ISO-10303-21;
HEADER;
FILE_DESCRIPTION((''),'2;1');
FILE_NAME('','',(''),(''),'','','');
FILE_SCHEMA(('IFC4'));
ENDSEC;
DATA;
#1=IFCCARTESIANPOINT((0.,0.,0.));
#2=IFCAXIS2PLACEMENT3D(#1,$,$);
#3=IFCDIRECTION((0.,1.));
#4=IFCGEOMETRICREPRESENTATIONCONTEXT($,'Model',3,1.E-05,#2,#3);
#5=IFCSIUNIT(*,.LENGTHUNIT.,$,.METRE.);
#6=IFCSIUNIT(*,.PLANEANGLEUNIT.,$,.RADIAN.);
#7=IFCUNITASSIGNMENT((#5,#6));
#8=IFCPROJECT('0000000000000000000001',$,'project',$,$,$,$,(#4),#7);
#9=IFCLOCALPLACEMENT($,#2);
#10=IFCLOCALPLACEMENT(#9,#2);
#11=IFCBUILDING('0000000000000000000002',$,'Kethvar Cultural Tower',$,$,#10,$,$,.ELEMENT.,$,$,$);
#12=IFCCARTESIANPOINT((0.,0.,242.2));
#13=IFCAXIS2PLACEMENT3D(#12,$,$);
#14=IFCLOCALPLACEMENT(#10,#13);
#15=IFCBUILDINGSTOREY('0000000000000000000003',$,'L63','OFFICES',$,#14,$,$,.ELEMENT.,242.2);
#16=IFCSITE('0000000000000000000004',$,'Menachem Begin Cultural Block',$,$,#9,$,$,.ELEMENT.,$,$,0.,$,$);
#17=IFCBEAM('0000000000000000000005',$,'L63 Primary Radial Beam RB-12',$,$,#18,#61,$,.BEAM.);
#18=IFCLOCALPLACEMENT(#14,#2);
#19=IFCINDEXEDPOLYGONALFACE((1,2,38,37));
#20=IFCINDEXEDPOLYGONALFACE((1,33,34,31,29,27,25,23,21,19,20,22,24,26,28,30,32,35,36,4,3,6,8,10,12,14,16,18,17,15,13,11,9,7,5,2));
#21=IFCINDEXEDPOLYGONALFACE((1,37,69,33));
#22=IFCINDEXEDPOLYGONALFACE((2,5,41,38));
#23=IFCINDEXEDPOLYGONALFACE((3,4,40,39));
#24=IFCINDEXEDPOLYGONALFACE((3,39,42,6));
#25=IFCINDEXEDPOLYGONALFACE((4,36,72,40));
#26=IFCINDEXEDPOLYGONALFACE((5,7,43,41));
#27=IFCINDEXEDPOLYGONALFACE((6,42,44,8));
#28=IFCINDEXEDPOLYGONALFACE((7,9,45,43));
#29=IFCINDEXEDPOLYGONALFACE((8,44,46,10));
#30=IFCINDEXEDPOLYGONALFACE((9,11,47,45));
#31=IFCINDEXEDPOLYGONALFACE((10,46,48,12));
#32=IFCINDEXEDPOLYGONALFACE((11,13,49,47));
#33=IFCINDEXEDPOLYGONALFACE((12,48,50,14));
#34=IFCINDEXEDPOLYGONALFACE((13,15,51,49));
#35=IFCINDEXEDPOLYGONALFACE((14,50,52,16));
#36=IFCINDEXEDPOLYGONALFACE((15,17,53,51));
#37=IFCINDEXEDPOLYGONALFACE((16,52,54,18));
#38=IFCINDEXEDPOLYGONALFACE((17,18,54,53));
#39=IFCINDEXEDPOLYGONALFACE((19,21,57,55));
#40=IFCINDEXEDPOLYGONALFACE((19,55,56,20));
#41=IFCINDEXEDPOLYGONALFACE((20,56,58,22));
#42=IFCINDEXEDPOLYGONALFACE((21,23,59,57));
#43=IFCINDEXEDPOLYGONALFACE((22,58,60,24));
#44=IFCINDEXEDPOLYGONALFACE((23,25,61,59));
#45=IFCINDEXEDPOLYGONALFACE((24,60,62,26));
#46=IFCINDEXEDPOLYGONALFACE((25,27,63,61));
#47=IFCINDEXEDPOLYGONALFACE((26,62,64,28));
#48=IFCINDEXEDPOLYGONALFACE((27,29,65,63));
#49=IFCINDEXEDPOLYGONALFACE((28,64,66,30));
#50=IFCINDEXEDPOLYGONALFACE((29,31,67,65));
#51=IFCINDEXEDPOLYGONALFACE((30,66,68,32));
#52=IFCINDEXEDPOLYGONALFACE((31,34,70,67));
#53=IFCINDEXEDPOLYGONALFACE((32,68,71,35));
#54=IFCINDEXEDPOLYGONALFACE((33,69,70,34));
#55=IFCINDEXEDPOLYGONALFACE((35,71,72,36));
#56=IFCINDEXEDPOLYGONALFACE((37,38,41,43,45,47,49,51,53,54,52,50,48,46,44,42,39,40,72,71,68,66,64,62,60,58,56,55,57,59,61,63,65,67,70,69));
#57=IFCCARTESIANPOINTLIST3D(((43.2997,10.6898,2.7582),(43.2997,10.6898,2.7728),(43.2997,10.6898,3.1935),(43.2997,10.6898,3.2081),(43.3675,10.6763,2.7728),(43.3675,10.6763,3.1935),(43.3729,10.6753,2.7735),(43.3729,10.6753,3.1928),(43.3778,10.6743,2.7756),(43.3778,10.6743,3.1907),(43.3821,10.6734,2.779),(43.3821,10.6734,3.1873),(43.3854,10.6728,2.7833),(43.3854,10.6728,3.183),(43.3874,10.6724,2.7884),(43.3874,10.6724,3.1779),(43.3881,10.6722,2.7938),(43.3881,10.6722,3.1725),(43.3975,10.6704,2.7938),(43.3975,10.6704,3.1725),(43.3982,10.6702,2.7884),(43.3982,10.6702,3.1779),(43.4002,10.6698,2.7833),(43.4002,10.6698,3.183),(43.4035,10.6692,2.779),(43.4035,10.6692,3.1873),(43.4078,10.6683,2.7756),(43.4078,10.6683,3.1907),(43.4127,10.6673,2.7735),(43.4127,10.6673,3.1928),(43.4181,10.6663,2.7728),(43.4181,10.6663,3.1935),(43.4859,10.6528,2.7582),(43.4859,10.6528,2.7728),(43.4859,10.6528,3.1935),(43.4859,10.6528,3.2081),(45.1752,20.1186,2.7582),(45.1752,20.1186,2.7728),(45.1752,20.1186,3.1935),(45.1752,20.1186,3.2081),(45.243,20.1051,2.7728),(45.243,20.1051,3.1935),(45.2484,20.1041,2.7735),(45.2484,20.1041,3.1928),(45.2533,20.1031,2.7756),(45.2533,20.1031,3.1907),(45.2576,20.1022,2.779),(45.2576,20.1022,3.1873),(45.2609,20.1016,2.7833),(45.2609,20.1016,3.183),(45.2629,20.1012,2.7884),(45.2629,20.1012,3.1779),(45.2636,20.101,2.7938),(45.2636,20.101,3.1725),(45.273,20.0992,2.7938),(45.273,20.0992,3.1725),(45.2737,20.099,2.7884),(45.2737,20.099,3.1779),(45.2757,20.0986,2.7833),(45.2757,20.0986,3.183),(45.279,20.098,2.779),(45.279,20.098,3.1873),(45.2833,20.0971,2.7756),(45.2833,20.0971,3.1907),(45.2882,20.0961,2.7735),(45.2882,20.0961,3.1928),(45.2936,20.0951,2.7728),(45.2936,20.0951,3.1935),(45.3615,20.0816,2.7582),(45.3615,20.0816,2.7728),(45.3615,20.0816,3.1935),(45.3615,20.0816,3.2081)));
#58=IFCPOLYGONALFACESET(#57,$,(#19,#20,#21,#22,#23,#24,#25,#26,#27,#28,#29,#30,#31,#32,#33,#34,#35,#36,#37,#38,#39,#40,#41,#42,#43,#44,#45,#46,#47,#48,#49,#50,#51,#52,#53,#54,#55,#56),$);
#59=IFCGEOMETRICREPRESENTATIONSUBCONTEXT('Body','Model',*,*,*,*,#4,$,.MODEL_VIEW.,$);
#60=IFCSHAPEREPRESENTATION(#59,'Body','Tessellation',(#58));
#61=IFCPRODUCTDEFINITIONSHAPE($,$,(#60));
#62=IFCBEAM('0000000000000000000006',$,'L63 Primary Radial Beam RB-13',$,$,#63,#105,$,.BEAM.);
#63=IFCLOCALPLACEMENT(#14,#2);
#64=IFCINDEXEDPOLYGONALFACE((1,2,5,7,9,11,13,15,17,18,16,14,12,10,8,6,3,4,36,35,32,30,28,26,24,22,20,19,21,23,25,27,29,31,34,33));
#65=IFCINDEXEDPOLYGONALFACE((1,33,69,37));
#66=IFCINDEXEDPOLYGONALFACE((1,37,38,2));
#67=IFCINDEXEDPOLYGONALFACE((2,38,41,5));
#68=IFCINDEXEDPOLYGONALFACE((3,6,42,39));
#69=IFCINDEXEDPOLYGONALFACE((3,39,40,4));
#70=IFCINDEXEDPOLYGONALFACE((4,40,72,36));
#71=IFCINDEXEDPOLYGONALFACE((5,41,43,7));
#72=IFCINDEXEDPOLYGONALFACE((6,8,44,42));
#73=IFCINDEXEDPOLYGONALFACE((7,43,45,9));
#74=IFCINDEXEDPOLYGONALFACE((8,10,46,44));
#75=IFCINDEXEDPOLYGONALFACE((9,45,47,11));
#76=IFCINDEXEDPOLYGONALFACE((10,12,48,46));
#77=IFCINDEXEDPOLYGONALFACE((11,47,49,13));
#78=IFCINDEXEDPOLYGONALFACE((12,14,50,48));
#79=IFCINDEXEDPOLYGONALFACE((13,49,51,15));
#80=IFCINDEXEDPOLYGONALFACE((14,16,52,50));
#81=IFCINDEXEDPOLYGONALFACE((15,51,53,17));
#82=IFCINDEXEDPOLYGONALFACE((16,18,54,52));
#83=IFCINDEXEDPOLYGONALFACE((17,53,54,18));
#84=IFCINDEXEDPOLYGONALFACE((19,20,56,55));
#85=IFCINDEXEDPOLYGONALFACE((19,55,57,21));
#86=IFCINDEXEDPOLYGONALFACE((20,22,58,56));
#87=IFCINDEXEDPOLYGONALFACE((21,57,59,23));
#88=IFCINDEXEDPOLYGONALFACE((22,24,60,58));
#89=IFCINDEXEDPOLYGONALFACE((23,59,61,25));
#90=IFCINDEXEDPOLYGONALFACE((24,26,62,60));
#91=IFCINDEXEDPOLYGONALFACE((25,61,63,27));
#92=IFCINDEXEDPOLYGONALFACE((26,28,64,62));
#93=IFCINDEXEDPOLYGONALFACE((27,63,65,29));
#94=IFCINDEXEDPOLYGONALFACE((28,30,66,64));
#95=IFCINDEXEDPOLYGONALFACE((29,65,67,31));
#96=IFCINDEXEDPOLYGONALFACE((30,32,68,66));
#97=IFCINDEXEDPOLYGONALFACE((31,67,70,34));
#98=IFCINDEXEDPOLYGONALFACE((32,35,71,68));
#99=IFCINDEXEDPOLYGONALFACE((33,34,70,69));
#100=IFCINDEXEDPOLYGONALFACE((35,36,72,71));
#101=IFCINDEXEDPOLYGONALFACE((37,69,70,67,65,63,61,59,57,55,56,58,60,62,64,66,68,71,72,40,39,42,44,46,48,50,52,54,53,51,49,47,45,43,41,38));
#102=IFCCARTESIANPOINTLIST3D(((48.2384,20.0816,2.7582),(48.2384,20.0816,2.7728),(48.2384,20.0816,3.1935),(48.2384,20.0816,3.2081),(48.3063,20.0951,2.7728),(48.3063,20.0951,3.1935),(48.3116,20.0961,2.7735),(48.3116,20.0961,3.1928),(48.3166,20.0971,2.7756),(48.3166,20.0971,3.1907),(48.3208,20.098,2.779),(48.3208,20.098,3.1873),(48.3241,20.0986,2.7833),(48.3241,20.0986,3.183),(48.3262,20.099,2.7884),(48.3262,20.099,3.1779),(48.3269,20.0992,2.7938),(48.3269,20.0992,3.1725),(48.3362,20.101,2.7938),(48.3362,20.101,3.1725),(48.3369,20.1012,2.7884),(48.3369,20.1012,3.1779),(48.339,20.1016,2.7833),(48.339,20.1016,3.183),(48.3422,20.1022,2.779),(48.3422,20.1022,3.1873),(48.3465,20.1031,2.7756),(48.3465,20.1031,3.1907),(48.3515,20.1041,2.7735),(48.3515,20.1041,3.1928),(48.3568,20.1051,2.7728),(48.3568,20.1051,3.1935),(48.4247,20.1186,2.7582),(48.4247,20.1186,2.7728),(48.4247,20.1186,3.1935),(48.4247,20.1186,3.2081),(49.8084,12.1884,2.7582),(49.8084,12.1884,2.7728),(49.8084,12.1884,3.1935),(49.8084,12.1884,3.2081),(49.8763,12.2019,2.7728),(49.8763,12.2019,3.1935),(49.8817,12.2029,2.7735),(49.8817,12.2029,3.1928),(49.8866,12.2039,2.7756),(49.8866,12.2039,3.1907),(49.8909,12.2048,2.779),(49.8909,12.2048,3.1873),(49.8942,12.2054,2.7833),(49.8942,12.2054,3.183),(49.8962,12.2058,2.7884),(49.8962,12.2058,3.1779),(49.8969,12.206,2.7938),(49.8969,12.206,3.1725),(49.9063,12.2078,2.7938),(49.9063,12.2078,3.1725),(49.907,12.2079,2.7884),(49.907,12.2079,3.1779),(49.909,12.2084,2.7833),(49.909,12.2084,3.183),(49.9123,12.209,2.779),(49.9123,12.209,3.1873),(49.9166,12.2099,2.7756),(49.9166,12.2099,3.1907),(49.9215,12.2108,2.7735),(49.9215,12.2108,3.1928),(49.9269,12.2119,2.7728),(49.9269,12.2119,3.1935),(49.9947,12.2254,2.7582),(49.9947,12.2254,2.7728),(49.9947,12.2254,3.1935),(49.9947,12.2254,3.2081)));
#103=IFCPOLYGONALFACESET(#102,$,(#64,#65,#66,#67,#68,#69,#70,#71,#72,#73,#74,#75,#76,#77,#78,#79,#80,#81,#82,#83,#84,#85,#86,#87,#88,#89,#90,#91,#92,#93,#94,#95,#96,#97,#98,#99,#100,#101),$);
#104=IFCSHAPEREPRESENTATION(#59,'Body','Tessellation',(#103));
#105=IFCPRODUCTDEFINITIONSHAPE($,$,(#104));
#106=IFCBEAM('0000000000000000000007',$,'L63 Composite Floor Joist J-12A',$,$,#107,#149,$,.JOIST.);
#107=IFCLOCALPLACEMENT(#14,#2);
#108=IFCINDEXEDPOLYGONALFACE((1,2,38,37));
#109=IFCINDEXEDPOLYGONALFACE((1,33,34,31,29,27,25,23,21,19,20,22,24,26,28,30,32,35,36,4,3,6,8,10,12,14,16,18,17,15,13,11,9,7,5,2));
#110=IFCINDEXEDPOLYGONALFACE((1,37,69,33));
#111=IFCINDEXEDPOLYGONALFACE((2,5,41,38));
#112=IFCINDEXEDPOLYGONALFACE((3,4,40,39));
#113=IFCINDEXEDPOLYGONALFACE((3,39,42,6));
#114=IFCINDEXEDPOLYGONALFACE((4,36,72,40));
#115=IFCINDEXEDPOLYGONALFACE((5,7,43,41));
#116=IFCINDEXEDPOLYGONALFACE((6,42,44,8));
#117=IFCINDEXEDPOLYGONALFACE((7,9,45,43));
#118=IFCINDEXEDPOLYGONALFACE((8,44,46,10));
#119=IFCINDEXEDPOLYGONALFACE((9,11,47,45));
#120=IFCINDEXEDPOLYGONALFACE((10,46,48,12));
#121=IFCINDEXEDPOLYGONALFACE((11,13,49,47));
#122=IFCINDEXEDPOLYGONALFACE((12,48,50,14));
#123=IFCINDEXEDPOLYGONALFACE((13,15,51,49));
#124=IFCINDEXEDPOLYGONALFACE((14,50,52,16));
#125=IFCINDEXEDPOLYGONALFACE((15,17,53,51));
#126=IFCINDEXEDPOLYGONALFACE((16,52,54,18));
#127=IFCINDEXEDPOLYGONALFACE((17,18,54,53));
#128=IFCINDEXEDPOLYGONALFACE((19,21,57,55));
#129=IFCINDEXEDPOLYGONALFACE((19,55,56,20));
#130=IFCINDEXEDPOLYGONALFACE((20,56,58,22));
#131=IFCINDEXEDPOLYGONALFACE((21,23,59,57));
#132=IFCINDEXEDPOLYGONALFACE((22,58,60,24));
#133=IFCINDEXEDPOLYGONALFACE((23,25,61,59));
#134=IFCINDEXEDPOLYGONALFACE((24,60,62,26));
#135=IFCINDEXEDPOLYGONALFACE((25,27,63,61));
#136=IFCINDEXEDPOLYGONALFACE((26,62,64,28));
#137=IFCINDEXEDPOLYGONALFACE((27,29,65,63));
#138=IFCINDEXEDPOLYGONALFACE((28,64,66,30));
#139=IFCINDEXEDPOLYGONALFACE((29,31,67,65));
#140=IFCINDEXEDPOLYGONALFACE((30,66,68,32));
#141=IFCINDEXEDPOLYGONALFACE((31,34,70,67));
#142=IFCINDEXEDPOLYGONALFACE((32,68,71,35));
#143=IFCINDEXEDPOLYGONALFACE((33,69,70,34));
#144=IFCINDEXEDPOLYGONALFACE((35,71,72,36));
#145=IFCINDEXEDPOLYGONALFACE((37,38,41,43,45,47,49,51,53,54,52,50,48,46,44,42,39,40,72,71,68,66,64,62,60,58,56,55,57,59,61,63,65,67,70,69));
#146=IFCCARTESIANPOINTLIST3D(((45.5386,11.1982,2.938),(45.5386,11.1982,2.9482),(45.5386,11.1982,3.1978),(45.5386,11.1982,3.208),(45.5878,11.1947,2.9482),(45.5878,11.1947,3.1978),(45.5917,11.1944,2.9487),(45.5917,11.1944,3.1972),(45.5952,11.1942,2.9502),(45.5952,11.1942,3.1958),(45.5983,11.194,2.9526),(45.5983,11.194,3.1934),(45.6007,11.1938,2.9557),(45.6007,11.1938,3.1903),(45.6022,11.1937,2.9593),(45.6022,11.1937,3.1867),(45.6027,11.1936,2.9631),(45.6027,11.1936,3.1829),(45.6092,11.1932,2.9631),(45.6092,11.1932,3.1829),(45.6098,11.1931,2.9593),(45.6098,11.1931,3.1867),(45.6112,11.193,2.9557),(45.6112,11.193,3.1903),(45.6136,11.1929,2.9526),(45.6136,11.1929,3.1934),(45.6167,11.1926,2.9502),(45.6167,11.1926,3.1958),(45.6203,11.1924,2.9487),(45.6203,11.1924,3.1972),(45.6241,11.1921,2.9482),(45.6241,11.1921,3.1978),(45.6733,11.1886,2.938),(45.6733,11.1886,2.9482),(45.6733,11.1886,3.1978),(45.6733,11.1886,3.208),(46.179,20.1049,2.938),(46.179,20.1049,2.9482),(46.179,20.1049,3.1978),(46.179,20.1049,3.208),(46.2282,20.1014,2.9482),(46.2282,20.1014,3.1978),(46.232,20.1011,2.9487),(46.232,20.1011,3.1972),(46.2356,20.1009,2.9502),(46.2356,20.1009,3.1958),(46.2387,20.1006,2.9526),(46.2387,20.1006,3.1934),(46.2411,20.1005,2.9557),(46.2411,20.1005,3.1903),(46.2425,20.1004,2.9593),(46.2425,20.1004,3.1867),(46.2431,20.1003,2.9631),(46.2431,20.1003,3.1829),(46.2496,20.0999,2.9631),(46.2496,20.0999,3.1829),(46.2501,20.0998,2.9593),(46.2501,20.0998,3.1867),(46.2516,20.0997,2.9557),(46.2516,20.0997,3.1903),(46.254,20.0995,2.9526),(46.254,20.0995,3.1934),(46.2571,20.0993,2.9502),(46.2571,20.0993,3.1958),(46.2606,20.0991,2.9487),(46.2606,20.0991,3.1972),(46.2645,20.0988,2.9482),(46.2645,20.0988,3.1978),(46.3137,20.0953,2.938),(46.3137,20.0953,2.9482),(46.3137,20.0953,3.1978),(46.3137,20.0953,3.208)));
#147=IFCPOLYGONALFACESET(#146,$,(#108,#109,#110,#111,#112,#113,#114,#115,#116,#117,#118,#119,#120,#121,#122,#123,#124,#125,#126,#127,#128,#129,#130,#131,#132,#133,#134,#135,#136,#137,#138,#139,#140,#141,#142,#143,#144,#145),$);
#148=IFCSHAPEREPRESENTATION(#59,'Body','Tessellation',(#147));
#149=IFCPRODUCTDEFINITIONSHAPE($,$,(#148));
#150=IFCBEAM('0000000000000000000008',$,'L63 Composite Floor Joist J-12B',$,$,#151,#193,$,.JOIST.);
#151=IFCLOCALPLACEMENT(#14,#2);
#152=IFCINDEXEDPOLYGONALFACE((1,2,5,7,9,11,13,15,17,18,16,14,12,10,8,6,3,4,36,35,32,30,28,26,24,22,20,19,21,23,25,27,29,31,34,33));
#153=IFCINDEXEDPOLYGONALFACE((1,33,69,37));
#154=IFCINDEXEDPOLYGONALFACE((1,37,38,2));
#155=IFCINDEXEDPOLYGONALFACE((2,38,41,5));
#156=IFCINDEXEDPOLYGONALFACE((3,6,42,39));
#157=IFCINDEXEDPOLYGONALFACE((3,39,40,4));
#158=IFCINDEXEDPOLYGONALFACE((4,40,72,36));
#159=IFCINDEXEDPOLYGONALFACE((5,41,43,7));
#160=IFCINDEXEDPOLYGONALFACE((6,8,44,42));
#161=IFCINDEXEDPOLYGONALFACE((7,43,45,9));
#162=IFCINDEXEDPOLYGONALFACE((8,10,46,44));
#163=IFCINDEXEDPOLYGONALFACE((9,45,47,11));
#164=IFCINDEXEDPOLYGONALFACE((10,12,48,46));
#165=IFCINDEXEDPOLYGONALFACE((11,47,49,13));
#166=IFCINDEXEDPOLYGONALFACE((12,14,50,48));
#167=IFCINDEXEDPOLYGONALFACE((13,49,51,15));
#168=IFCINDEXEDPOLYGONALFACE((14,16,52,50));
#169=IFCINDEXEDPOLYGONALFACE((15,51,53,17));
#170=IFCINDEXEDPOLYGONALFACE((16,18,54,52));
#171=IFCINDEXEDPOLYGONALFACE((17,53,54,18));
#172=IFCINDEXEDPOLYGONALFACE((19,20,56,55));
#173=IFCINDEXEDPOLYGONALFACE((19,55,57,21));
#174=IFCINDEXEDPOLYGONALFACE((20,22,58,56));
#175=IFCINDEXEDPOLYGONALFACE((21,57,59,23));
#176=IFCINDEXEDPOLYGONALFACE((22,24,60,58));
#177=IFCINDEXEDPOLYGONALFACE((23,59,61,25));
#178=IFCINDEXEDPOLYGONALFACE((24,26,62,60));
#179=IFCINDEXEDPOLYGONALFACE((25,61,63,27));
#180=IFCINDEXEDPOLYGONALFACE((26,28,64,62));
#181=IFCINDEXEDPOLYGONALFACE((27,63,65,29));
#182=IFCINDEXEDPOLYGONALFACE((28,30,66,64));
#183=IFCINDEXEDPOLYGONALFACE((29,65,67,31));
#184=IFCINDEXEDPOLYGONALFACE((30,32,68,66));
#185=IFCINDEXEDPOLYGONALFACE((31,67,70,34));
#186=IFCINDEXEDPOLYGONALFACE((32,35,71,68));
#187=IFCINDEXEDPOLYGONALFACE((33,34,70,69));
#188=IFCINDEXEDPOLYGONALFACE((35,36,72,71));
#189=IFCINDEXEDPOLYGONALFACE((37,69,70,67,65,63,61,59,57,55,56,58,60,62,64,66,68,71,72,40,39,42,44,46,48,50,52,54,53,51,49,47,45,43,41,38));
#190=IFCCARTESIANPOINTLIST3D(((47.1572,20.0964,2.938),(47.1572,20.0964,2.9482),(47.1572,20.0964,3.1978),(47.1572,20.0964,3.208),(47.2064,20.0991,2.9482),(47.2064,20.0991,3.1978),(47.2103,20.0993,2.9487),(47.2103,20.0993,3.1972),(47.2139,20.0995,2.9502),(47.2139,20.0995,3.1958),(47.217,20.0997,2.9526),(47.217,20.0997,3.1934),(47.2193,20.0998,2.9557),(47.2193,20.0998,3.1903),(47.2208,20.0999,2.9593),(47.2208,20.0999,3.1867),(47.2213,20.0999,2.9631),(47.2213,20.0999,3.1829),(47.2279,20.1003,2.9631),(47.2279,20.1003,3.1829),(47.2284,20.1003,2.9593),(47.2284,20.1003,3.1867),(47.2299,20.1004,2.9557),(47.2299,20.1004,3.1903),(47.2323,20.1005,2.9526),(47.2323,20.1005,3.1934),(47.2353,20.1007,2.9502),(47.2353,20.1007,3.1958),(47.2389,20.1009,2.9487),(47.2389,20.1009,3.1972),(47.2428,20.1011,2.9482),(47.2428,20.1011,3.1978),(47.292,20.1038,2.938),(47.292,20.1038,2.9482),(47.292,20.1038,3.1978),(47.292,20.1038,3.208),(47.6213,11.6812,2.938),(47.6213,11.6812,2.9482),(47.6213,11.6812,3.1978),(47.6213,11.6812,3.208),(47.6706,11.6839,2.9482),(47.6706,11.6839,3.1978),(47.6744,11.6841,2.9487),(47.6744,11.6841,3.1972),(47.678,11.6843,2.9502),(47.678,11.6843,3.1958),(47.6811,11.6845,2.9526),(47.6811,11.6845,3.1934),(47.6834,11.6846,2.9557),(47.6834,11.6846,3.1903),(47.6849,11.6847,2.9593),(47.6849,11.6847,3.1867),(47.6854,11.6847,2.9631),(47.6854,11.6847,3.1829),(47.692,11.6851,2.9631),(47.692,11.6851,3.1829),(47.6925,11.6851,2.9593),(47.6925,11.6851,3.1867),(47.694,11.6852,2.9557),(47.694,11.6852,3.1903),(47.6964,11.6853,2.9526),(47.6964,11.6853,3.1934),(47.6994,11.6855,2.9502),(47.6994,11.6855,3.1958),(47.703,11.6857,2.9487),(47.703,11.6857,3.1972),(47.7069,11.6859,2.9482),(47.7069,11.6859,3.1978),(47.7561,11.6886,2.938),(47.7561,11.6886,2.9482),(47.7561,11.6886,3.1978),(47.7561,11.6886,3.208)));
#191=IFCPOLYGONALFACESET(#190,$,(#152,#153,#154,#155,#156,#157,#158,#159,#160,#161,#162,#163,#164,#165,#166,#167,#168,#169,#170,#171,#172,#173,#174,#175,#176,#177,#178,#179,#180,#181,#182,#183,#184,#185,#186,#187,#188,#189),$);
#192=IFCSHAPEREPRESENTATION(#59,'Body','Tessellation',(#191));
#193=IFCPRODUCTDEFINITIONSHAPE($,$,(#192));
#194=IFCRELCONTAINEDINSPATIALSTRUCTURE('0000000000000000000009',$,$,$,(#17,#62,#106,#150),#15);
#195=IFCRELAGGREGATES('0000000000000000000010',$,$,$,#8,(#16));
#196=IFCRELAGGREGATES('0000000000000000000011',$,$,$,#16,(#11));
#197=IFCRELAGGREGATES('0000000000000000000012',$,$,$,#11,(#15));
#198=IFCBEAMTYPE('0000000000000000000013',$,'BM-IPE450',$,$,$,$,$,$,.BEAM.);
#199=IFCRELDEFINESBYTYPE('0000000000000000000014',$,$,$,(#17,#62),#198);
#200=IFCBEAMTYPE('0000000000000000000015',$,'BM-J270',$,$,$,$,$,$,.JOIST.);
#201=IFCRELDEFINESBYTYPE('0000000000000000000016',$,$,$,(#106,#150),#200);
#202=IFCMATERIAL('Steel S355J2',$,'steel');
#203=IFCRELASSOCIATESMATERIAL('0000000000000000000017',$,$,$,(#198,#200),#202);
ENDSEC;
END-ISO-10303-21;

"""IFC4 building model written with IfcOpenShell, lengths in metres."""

from ifc_helpers import new_model, si_unit, direction, frame, origin, origin_2d, place, context, subcontext, project, spatial, i_section, extrude, source, transform, mapped, material, material_profile, profile_set, type_object, element, save


model = new_model("IFC4")

# Units and contexts
model_context = context("Model", 3, precision=1e-05, world=origin(), true_north=direction((0.0, 1.0)))
body_context = subcontext(model_context, "Body", "Model", "MODEL_VIEW")
ifc_project = project(units=[si_unit("LENGTHUNIT", "METRE"), si_unit("PLANEANGLEUNIT", "RADIAN")], contexts=[model_context])

# Site, building, storey
site_placement = place(None, origin())
site = spatial("IfcSite", under=ifc_project, at=site_placement, Name="Menachem Begin Cultural Block", CompositionType="ELEMENT", RefElevation=0.0)
building_placement = place(site_placement, origin())
building = spatial("IfcBuilding", under=site, at=building_placement, Name="Kethvar Cultural Tower", CompositionType="ELEMENT")
storey_placement = place(building_placement, frame((0.0, 0.0, 242.2)))
storey = spatial("IfcBuildingStorey", under=building, at=storey_placement, Name="L63", Description="OFFICES", CompositionType="ELEMENT", Elevation=242.2)

# Beams
ifc_material_1 = material(Name="Steel S355J2", Category="steel")
ifc_material_profile_1 = material_profile(ifc_material_1, i_section(OverallWidth=0.1899, OverallDepth=0.45, WebThickness=0.0095, FlangeThickness=0.0146, FilletRadius=0.021, at=origin_2d()), Name="Steel S355J2 — IPE450")
ifc_profile_set_1 = profile_set([ifc_material_profile_1], Name="Steel S355J2 — IPE450")
beam_type_1 = type_object("IfcBeamType", Name="BM-IPE450", PredefinedType="BEAM", material=ifc_profile_set_1)
shared_shape_1 = source(origin(), body_context, "Body", "SweptSolid", [
    extrude(i_section(OverallWidth=0.1899, OverallDepth=0.45, WebThickness=0.0095, FlangeThickness=0.0146, FilletRadius=0.021, at=origin_2d()), origin(), (0.0, 0.0, 1.0), 9.6135),
])
beam_1_placement = place(storey_placement, frame((45.2683, 20.1001, 2.9832), z_axis=(-0.19509, -0.980785, 0.0), x_axis=(0.980785, -0.19509, 0.0)))
element("IfcBeam", 1, at=beam_1_placement, inside=storey, type_object=beam_type_1, Name="L63 Primary Radial Beam RB-12", PredefinedType="BEAM", context=body_context, shape_type="MappedRepresentation", body=[
    mapped(shared_shape_1, transform((0.0, 0.0, 0.0), scale=1.0)),
])
shared_shape_2 = source(origin(), body_context, "Body", "SweptSolid", [
    extrude(i_section(OverallWidth=0.1899, OverallDepth=0.45, WebThickness=0.0095, FlangeThickness=0.0146, FilletRadius=0.021, at=origin_2d()), origin(), (0.0, 0.0, 1.0), 8.0479),
])
beam_2_placement = place(storey_placement, frame((48.3315, 20.1001, 2.9832), z_axis=(0.195089, -0.980785, 0.0), x_axis=(0.980785, 0.195089, 0.0)))
element("IfcBeam", 2, at=beam_2_placement, inside=storey, type_object=beam_type_1, Name="L63 Primary Radial Beam RB-13", PredefinedType="BEAM", context=body_context, shape_type="MappedRepresentation", body=[
    mapped(shared_shape_2, transform((0.0, 0.0, 0.0), scale=1.0)),
])
ifc_material_profile_2 = material_profile(ifc_material_1, i_section(OverallWidth=0.135, OverallDepth=0.27, WebThickness=0.0066, FlangeThickness=0.0103, FilletRadius=0.0149, at=origin_2d()), Name="Steel S355J2 — IPE270")
ifc_profile_set_2 = profile_set([ifc_material_profile_2], Name="Steel S355J2 — IPE270")
beam_type_2 = type_object("IfcBeamType", Name="BM-J270", PredefinedType="JOIST", material=ifc_profile_set_2)
shared_shape_3 = source(origin(), body_context, "Body", "SweptSolid", [
    extrude(i_section(OverallWidth=0.135, OverallDepth=0.27, WebThickness=0.0066, FlangeThickness=0.0103, FilletRadius=0.0149, at=origin_2d()), origin(), (0.0, 0.0, 1.0), 8.9297),
])
beam_3_placement = place(storey_placement, frame((46.2463, 20.1001, 3.073), z_axis=(-0.071713, -0.997425, 0.0), x_axis=(0.997425, -0.071713, 0.0)))
element("IfcBeam", 3, at=beam_3_placement, inside=storey, type_object=beam_type_2, Name="L63 Composite Floor Joist J-12A", PredefinedType="JOIST", context=body_context, shape_type="MappedRepresentation", body=[
    mapped(shared_shape_3, transform((0.0, 0.0, 0.0), scale=1.0)),
])
shared_shape_4 = source(origin(), body_context, "Body", "SweptSolid", [
    extrude(i_section(OverallWidth=0.135, OverallDepth=0.27, WebThickness=0.0066, FlangeThickness=0.0103, FilletRadius=0.0149, at=origin_2d()), origin(), (0.0, 0.0, 1.0), 8.428),
])
beam_4_placement = place(storey_placement, frame((47.2246, 20.1001, 3.073), z_axis=(0.055067, -0.998483, 0.0), x_axis=(0.998483, 0.055067, 0.0)))
element("IfcBeam", 4, at=beam_4_placement, inside=storey, type_object=beam_type_2, Name="L63 Composite Floor Joist J-12B", PredefinedType="JOIST", context=body_context, shape_type="MappedRepresentation", body=[
    mapped(shared_shape_4, transform((0.0, 0.0, 0.0), scale=1.0)),
])

save(model, "model.ifc")
